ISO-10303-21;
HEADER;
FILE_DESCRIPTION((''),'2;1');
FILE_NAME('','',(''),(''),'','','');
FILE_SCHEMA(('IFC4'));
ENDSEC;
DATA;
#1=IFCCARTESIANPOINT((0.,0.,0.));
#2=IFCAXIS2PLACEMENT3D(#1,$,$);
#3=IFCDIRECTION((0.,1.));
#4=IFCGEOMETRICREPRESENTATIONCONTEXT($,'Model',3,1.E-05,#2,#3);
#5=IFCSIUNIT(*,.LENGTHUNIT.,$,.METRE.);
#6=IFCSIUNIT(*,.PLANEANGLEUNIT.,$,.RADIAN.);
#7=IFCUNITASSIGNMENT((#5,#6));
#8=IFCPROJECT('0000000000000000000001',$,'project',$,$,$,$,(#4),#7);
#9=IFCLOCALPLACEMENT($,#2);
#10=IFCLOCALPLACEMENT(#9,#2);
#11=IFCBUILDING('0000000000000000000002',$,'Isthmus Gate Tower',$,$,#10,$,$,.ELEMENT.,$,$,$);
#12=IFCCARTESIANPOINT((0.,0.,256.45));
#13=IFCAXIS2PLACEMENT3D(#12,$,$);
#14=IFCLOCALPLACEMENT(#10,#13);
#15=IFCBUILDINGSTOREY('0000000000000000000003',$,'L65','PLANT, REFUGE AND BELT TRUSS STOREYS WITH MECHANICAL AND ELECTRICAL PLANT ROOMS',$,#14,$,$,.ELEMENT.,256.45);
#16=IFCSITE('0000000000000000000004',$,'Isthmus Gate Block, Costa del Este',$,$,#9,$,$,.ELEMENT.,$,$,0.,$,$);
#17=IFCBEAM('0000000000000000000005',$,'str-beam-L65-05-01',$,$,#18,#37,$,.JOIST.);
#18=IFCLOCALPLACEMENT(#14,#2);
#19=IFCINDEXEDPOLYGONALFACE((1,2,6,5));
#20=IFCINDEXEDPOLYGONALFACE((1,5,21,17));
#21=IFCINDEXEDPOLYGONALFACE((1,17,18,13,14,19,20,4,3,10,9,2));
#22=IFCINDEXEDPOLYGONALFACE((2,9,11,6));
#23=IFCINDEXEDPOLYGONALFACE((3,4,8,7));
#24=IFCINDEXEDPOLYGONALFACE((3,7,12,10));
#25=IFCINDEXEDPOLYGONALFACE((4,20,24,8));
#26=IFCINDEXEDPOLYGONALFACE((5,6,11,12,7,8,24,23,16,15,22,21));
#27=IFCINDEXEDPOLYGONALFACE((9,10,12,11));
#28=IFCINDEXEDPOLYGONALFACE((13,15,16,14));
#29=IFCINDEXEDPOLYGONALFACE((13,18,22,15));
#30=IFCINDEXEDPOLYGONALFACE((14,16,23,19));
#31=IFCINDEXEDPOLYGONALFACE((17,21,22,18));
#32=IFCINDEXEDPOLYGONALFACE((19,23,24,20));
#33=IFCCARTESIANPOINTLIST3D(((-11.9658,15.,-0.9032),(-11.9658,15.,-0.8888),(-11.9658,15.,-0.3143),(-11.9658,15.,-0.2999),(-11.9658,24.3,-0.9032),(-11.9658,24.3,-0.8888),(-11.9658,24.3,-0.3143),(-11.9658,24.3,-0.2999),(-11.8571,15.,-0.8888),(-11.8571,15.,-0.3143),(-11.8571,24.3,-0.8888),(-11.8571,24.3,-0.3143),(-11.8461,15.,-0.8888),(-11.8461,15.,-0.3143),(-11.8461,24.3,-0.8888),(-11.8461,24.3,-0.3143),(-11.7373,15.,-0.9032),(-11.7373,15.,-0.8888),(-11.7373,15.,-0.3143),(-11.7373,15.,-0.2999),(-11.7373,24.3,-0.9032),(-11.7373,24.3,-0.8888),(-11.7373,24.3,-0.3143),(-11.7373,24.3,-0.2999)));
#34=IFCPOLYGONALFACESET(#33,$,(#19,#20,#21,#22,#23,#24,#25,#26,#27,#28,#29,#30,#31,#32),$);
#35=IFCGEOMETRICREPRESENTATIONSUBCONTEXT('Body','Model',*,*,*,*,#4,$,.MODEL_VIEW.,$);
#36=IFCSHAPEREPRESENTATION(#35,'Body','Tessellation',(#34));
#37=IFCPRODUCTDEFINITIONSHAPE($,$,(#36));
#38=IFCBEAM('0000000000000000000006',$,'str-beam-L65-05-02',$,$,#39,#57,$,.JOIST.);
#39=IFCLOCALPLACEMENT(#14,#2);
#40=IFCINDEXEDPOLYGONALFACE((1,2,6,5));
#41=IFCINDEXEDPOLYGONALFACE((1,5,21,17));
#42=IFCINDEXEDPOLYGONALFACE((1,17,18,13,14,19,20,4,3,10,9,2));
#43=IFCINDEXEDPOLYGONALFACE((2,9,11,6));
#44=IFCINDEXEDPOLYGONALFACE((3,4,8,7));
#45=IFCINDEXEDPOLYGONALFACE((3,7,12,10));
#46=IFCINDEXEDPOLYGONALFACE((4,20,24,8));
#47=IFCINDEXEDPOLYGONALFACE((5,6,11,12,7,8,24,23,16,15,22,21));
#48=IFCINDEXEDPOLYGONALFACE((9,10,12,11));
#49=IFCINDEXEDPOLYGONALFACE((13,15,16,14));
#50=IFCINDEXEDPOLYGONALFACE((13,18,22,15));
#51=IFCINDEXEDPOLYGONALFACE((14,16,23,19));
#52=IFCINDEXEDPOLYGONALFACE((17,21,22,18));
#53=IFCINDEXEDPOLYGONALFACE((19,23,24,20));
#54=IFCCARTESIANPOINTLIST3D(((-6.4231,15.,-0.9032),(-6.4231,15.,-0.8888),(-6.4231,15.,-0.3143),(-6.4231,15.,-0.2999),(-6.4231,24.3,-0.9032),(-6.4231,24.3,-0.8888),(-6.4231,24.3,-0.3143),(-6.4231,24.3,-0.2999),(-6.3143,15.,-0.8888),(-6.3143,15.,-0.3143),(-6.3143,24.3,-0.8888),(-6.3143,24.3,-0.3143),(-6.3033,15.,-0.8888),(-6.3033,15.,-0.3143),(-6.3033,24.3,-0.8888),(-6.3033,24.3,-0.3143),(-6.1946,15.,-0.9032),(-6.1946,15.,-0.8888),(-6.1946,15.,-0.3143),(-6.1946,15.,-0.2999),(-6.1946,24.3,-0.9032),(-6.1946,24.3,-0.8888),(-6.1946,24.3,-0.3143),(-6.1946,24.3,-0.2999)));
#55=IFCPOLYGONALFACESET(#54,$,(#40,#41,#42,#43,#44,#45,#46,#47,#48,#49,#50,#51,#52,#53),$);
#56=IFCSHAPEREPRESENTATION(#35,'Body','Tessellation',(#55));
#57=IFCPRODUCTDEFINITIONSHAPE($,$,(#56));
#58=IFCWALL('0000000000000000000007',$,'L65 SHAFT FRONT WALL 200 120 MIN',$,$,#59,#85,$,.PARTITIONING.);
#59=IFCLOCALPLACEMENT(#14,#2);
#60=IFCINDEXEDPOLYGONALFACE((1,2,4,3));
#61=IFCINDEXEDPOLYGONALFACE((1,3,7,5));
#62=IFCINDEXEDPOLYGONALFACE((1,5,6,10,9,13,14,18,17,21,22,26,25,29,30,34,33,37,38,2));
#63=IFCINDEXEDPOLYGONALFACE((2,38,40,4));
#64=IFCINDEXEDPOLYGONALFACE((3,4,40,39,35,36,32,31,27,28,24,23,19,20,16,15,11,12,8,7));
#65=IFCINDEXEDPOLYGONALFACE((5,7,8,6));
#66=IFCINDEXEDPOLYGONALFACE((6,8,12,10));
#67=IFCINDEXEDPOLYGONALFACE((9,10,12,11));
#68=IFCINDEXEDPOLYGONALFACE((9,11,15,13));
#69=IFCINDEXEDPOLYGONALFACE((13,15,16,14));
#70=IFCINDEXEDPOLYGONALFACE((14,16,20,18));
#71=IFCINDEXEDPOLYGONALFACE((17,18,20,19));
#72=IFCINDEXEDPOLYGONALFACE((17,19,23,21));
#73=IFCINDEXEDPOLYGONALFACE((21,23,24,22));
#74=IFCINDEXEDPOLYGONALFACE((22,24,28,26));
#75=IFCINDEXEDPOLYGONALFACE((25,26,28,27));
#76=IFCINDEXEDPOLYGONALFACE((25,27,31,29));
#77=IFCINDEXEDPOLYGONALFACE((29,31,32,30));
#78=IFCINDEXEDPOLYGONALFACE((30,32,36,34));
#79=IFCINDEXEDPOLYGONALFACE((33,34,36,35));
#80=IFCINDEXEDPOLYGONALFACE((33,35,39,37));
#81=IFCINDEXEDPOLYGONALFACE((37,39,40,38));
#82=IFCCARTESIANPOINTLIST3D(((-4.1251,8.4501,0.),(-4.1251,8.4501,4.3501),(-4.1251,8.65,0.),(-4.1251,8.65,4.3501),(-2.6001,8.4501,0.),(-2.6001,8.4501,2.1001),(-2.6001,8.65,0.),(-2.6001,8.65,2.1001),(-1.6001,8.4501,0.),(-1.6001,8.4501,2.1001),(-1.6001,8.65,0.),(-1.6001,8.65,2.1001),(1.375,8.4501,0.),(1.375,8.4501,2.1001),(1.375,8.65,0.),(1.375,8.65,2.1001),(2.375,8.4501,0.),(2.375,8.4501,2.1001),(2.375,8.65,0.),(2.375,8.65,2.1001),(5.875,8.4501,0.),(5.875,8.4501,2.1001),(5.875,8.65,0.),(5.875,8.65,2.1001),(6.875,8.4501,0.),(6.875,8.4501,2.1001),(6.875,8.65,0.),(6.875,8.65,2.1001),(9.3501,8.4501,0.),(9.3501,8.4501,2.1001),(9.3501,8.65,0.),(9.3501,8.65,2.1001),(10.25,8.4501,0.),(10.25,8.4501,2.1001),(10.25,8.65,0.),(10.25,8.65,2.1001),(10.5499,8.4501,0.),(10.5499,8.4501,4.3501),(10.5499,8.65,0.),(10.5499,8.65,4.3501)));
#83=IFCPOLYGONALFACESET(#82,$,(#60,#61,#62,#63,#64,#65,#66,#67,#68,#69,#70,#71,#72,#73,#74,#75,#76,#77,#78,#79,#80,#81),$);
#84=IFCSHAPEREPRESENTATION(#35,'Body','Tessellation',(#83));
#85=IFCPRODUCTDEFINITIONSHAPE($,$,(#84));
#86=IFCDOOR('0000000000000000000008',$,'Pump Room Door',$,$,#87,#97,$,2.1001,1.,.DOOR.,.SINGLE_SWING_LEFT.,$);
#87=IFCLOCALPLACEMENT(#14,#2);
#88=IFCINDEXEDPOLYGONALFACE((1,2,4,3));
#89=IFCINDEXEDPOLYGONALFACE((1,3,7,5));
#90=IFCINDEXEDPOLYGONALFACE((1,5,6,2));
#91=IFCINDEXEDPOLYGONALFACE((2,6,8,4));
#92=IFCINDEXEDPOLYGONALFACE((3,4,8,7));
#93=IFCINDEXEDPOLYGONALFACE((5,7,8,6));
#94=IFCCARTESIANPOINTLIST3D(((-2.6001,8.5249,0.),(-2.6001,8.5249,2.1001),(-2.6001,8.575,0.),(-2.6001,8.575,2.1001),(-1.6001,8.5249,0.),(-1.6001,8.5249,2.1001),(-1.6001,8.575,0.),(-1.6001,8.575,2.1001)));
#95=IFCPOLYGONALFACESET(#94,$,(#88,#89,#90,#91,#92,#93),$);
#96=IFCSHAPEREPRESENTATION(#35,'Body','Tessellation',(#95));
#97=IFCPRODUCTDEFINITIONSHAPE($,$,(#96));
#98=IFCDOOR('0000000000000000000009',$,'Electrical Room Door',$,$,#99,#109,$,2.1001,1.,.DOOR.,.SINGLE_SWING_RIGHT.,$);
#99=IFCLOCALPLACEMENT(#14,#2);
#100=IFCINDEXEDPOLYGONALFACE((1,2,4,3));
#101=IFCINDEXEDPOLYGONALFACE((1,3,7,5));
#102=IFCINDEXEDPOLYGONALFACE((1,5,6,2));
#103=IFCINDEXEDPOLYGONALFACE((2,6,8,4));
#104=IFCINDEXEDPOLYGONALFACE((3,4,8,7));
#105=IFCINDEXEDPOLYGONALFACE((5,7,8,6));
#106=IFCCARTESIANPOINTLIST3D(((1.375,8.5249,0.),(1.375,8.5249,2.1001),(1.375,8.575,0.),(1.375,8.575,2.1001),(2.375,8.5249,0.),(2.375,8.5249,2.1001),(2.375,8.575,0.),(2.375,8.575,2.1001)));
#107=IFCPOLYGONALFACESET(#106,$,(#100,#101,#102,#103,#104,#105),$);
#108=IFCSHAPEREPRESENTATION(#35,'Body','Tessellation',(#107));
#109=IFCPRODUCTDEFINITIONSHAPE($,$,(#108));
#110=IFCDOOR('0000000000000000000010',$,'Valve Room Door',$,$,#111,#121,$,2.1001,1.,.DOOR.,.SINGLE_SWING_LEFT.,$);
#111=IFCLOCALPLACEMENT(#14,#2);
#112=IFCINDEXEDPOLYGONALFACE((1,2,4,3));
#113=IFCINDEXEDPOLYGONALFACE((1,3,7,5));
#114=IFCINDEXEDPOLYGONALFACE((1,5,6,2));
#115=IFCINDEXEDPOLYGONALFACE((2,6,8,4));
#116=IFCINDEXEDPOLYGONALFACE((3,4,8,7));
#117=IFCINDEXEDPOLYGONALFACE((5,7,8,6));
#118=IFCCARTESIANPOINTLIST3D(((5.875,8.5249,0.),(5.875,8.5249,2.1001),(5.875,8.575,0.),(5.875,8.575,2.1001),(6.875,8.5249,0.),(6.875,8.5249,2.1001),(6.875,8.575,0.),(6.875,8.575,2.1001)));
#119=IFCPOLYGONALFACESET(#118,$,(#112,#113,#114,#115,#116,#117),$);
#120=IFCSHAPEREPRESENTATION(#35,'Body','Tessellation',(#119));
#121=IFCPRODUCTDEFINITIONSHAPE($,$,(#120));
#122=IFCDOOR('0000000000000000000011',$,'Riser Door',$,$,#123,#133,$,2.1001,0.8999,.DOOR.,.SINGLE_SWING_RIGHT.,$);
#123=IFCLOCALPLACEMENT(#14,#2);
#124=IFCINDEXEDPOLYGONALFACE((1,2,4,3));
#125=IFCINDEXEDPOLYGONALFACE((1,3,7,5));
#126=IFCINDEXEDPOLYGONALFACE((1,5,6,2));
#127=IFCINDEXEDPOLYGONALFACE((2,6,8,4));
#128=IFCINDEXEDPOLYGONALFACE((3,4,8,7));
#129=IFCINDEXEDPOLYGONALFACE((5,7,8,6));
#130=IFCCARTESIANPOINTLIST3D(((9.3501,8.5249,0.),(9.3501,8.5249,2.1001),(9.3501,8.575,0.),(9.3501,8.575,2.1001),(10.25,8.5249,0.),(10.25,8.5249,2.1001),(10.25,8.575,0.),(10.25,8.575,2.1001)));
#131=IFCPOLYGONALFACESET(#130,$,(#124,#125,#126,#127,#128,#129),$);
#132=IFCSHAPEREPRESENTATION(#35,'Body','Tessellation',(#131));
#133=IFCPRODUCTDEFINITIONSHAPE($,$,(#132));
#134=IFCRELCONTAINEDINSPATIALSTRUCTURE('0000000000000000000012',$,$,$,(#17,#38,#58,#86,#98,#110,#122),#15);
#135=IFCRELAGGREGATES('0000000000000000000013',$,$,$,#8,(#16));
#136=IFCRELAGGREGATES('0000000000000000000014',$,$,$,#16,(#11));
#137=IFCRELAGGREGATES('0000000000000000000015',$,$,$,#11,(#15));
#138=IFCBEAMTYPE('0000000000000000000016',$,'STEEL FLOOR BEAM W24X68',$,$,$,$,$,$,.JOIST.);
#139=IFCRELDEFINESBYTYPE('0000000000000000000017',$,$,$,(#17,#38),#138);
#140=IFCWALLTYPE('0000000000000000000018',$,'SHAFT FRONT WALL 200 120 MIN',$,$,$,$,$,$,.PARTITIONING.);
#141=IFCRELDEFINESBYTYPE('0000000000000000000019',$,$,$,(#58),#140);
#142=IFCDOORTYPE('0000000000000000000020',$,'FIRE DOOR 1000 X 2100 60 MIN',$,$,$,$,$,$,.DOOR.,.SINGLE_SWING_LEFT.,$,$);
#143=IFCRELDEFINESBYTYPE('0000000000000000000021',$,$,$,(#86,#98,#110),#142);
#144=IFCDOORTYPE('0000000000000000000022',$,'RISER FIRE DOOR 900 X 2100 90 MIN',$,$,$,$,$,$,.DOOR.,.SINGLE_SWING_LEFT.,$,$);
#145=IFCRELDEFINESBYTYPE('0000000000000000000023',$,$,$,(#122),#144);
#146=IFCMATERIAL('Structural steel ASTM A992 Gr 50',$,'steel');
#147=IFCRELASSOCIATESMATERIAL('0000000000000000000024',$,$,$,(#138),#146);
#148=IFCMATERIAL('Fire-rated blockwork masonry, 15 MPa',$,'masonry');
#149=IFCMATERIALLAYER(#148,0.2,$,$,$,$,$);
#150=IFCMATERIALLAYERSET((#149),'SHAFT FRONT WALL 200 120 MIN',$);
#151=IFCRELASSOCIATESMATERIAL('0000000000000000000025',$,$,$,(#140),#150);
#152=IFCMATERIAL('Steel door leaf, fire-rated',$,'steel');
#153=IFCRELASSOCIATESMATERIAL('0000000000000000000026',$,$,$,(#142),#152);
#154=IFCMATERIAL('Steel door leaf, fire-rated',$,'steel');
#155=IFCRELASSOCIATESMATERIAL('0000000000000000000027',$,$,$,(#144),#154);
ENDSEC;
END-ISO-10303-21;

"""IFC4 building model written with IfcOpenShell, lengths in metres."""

from ifc_helpers import new_model, si_unit, direction, frame, frame_2d, origin, origin_2d, place, context, subcontext, project, spatial, rectangle, i_section, extrude, material, layer, layer_set, material_profile, profile_set, type_object, element, fill, save


model = new_model("IFC4")

# Units and contexts
model_context = context("Model", 3, precision=1e-05, world=origin(), true_north=direction((0.0, 1.0)))
body_context = subcontext(model_context, "Body", "Model", "MODEL_VIEW")
ifc_project = project(units=[si_unit("LENGTHUNIT", "METRE"), si_unit("PLANEANGLEUNIT", "RADIAN")], contexts=[model_context])

# Site, building, storey
site_placement = place(None, origin())
site = spatial("IfcSite", under=ifc_project, at=site_placement, Name="Isthmus Gate Block, Costa del Este", CompositionType="ELEMENT", RefElevation=0.0)
building_placement = place(site_placement, origin())
building = spatial("IfcBuilding", under=site, at=building_placement, Name="Isthmus Gate Tower", CompositionType="ELEMENT")
storey_placement = place(building_placement, frame((0.0, 0.0, 256.45)))
storey = spatial("IfcBuildingStorey", under=building, at=storey_placement, Name="L65", Description="PLANT, REFUGE AND BELT TRUSS STOREYS WITH MECHANICAL AND ELECTRICAL PLANT ROOMS", CompositionType="ELEMENT", Elevation=256.45)

# Beams
ifc_material_1 = material(Name="Structural steel ASTM A992 Gr 50", Category="steel")
ifc_material_profile = material_profile(ifc_material_1, i_section(OverallWidth=0.2285, OverallDepth=0.6033, WebThickness=0.011, FlangeThickness=0.0144, at=origin_2d()), Name="W24X68")
ifc_profile_set = profile_set([ifc_material_profile], Name="Structural steel ASTM A992 Gr 50")
beam_type = type_object("IfcBeamType", Name="STEEL FLOOR BEAM W24X68", PredefinedType="JOIST", material=ifc_profile_set)
for number, where, z_axis, x_axis, name in (
    (1, (-11.8516, 15.0, -0.6016), (0.0, 1.0, 0.0), (-1.0, 0.0, 0.0), "str-beam-L65-05-01"),
    (2, (-6.3088, 15.0, -0.6016), (0.0, 1.0, 0.0), (-1.0, 0.0, 0.0), "str-beam-L65-05-02"),
):
    element("IfcBeam", number, at=place(storey_placement, frame(where, z_axis=z_axis, x_axis=x_axis)), inside=storey, type_object=beam_type, Name=name, PredefinedType="JOIST", context=body_context, shape_type="SweptSolid", body=[
        extrude(i_section(OverallWidth=0.2285, OverallDepth=0.6033, WebThickness=0.011, FlangeThickness=0.0144, at=origin_2d()), origin(), (0.0, 0.0, 1.0), 9.3),
    ])

# Wall, openings, doors
ifc_material_2 = material(Name="Fire-rated blockwork masonry, 15 MPa", Category="masonry")
ifc_layer_1 = layer(ifc_material_2, 0.2)
ifc_layer_set_1 = layer_set([ifc_layer_1], Name="SHAFT FRONT WALL 200 120 MIN")
wall_type_1 = type_object("IfcWallType", Name="SHAFT FRONT WALL 200 120 MIN", PredefinedType="PARTITIONING", material=ifc_layer_set_1)
wall_1_placement = place(storey_placement, frame((-4.125, 8.55, 0.0), z_axis=(0.0, 0.0, 1.0), x_axis=(1.0, 0.0, 0.0)))
wall_1 = element("IfcWall", 3, at=wall_1_placement, inside=storey, type_object=wall_type_1, Name="L65 SHAFT FRONT WALL 200 120 MIN", PredefinedType="PARTITIONING", context=body_context, shape_type="SweptSolid", body=[
    extrude(rectangle(XDim=14.675, YDim=0.2, at=frame_2d((7.3374, 0.0))), origin(), (0.0, 0.0, 1.0), 4.3501),
])
opening_1_placement = place(wall_1_placement, frame((1.5249, 0.0, 0.0)))
opening_1 = element("IfcOpeningElement", 4, at=opening_1_placement, cuts=wall_1, PredefinedType="OPENING", context=body_context, shape_type="SweptSolid", body=[
    extrude(rectangle(XDim=1.0, YDim=2.1001, at=frame_2d((0.5, 1.05))), frame((0.0, 0.1099, 0.0), z_axis=(0.0, -1.0, 0.0), x_axis=(1.0, 0.0, 0.0)), (0.0, 0.0, 1.0), 0.22),
])
opening_2_placement = place(wall_1_placement, frame((5.5, 0.0, 0.0)))
opening_2 = element("IfcOpeningElement", 5, at=opening_2_placement, cuts=wall_1, PredefinedType="OPENING", context=body_context, shape_type="SweptSolid", body=[
    extrude(rectangle(XDim=1.0, YDim=2.1001, at=frame_2d((0.5, 1.05))), frame((0.0, 0.1099, 0.0), z_axis=(0.0, -1.0, 0.0), x_axis=(1.0, 0.0, 0.0)), (0.0, 0.0, 1.0), 0.22),
])
opening_3_placement = place(wall_1_placement, frame((10.0, 0.0, 0.0)))
opening_3 = element("IfcOpeningElement", 6, at=opening_3_placement, cuts=wall_1, PredefinedType="OPENING", context=body_context, shape_type="SweptSolid", body=[
    extrude(rectangle(XDim=1.0, YDim=2.1001, at=frame_2d((0.5, 1.05))), frame((0.0, 0.1099, 0.0), z_axis=(0.0, -1.0, 0.0), x_axis=(1.0, 0.0, 0.0)), (0.0, 0.0, 1.0), 0.22),
])
opening_4_placement = place(wall_1_placement, frame((13.4751, 0.0, 0.0)))
opening_4 = element("IfcOpeningElement", 7, at=opening_4_placement, cuts=wall_1, PredefinedType="OPENING", context=body_context, shape_type="SweptSolid", body=[
    extrude(rectangle(XDim=0.8999, YDim=2.1001, at=frame_2d((0.45, 1.05))), frame((0.0, 0.1099, 0.0), z_axis=(0.0, -1.0, 0.0), x_axis=(1.0, 0.0, 0.0)), (0.0, 0.0, 1.0), 0.22),
])
ifc_material_3 = material(Name="Steel door leaf, fire-rated", Category="steel")
door_type_1 = type_object("IfcDoorType", Name="FIRE DOOR 1000 X 2100 60 MIN", OperationType="SINGLE_SWING_LEFT", PredefinedType="DOOR", material=ifc_material_3)
door_1_placement = place(opening_1_placement, origin())
door_1 = element("IfcDoor", 8, at=door_1_placement, inside=storey, type_object=door_type_1, Name="Pump Room Door", OperationType="SINGLE_SWING_LEFT", OverallHeight=2.1001, OverallWidth=1.0, PredefinedType="DOOR", context=body_context, shape_type="SweptSolid", body=[
    extrude(rectangle(XDim=1.0, YDim=2.1001, at=frame_2d((0.5, 1.05))), frame((0.0, 0.0249, 0.0), z_axis=(0.0, -1.0, 0.0), x_axis=(1.0, 0.0, 0.0)), (0.0, 0.0, 1.0), 0.05),
])
fill(opening_1, door_1)
door_2_placement = place(opening_2_placement, origin())
door_2 = element("IfcDoor", 9, at=door_2_placement, inside=storey, type_object=door_type_1, Name="Electrical Room Door", OperationType="SINGLE_SWING_RIGHT", OverallHeight=2.1001, OverallWidth=1.0, PredefinedType="DOOR", context=body_context, shape_type="SweptSolid", body=[
    extrude(rectangle(XDim=1.0, YDim=2.1001, at=frame_2d((0.5, 1.05))), frame((0.0, 0.0249, 0.0), z_axis=(0.0, -1.0, 0.0), x_axis=(1.0, 0.0, 0.0)), (0.0, 0.0, 1.0), 0.05),
])
fill(opening_2, door_2)
door_3_placement = place(opening_3_placement, origin())
door_3 = element("IfcDoor", 10, at=door_3_placement, inside=storey, type_object=door_type_1, Name="Valve Room Door", OperationType="SINGLE_SWING_LEFT", OverallHeight=2.1001, OverallWidth=1.0, PredefinedType="DOOR", context=body_context, shape_type="SweptSolid", body=[
    extrude(rectangle(XDim=1.0, YDim=2.1001, at=frame_2d((0.5, 1.05))), frame((0.0, 0.0249, 0.0), z_axis=(0.0, -1.0, 0.0), x_axis=(1.0, 0.0, 0.0)), (0.0, 0.0, 1.0), 0.05),
])
fill(opening_3, door_3)
ifc_material_4 = material(Name="Steel door leaf, fire-rated", Category="steel")
door_type_2 = type_object("IfcDoorType", Name="RISER FIRE DOOR 900 X 2100 90 MIN", OperationType="SINGLE_SWING_LEFT", PredefinedType="DOOR", material=ifc_material_4)
door_4_placement = place(opening_4_placement, origin())
door_4 = element("IfcDoor", 11, at=door_4_placement, inside=storey, type_object=door_type_2, Name="Riser Door", OperationType="SINGLE_SWING_RIGHT", OverallHeight=2.1001, OverallWidth=0.8999, PredefinedType="DOOR", context=body_context, shape_type="SweptSolid", body=[
    extrude(rectangle(XDim=0.8999, YDim=2.1001, at=frame_2d((0.45, 1.05))), frame((0.0, 0.0249, 0.0), z_axis=(0.0, -1.0, 0.0), x_axis=(1.0, 0.0, 0.0)), (0.0, 0.0, 1.0), 0.05),
])
fill(opening_4, door_4)

save(model, "model.ifc")
